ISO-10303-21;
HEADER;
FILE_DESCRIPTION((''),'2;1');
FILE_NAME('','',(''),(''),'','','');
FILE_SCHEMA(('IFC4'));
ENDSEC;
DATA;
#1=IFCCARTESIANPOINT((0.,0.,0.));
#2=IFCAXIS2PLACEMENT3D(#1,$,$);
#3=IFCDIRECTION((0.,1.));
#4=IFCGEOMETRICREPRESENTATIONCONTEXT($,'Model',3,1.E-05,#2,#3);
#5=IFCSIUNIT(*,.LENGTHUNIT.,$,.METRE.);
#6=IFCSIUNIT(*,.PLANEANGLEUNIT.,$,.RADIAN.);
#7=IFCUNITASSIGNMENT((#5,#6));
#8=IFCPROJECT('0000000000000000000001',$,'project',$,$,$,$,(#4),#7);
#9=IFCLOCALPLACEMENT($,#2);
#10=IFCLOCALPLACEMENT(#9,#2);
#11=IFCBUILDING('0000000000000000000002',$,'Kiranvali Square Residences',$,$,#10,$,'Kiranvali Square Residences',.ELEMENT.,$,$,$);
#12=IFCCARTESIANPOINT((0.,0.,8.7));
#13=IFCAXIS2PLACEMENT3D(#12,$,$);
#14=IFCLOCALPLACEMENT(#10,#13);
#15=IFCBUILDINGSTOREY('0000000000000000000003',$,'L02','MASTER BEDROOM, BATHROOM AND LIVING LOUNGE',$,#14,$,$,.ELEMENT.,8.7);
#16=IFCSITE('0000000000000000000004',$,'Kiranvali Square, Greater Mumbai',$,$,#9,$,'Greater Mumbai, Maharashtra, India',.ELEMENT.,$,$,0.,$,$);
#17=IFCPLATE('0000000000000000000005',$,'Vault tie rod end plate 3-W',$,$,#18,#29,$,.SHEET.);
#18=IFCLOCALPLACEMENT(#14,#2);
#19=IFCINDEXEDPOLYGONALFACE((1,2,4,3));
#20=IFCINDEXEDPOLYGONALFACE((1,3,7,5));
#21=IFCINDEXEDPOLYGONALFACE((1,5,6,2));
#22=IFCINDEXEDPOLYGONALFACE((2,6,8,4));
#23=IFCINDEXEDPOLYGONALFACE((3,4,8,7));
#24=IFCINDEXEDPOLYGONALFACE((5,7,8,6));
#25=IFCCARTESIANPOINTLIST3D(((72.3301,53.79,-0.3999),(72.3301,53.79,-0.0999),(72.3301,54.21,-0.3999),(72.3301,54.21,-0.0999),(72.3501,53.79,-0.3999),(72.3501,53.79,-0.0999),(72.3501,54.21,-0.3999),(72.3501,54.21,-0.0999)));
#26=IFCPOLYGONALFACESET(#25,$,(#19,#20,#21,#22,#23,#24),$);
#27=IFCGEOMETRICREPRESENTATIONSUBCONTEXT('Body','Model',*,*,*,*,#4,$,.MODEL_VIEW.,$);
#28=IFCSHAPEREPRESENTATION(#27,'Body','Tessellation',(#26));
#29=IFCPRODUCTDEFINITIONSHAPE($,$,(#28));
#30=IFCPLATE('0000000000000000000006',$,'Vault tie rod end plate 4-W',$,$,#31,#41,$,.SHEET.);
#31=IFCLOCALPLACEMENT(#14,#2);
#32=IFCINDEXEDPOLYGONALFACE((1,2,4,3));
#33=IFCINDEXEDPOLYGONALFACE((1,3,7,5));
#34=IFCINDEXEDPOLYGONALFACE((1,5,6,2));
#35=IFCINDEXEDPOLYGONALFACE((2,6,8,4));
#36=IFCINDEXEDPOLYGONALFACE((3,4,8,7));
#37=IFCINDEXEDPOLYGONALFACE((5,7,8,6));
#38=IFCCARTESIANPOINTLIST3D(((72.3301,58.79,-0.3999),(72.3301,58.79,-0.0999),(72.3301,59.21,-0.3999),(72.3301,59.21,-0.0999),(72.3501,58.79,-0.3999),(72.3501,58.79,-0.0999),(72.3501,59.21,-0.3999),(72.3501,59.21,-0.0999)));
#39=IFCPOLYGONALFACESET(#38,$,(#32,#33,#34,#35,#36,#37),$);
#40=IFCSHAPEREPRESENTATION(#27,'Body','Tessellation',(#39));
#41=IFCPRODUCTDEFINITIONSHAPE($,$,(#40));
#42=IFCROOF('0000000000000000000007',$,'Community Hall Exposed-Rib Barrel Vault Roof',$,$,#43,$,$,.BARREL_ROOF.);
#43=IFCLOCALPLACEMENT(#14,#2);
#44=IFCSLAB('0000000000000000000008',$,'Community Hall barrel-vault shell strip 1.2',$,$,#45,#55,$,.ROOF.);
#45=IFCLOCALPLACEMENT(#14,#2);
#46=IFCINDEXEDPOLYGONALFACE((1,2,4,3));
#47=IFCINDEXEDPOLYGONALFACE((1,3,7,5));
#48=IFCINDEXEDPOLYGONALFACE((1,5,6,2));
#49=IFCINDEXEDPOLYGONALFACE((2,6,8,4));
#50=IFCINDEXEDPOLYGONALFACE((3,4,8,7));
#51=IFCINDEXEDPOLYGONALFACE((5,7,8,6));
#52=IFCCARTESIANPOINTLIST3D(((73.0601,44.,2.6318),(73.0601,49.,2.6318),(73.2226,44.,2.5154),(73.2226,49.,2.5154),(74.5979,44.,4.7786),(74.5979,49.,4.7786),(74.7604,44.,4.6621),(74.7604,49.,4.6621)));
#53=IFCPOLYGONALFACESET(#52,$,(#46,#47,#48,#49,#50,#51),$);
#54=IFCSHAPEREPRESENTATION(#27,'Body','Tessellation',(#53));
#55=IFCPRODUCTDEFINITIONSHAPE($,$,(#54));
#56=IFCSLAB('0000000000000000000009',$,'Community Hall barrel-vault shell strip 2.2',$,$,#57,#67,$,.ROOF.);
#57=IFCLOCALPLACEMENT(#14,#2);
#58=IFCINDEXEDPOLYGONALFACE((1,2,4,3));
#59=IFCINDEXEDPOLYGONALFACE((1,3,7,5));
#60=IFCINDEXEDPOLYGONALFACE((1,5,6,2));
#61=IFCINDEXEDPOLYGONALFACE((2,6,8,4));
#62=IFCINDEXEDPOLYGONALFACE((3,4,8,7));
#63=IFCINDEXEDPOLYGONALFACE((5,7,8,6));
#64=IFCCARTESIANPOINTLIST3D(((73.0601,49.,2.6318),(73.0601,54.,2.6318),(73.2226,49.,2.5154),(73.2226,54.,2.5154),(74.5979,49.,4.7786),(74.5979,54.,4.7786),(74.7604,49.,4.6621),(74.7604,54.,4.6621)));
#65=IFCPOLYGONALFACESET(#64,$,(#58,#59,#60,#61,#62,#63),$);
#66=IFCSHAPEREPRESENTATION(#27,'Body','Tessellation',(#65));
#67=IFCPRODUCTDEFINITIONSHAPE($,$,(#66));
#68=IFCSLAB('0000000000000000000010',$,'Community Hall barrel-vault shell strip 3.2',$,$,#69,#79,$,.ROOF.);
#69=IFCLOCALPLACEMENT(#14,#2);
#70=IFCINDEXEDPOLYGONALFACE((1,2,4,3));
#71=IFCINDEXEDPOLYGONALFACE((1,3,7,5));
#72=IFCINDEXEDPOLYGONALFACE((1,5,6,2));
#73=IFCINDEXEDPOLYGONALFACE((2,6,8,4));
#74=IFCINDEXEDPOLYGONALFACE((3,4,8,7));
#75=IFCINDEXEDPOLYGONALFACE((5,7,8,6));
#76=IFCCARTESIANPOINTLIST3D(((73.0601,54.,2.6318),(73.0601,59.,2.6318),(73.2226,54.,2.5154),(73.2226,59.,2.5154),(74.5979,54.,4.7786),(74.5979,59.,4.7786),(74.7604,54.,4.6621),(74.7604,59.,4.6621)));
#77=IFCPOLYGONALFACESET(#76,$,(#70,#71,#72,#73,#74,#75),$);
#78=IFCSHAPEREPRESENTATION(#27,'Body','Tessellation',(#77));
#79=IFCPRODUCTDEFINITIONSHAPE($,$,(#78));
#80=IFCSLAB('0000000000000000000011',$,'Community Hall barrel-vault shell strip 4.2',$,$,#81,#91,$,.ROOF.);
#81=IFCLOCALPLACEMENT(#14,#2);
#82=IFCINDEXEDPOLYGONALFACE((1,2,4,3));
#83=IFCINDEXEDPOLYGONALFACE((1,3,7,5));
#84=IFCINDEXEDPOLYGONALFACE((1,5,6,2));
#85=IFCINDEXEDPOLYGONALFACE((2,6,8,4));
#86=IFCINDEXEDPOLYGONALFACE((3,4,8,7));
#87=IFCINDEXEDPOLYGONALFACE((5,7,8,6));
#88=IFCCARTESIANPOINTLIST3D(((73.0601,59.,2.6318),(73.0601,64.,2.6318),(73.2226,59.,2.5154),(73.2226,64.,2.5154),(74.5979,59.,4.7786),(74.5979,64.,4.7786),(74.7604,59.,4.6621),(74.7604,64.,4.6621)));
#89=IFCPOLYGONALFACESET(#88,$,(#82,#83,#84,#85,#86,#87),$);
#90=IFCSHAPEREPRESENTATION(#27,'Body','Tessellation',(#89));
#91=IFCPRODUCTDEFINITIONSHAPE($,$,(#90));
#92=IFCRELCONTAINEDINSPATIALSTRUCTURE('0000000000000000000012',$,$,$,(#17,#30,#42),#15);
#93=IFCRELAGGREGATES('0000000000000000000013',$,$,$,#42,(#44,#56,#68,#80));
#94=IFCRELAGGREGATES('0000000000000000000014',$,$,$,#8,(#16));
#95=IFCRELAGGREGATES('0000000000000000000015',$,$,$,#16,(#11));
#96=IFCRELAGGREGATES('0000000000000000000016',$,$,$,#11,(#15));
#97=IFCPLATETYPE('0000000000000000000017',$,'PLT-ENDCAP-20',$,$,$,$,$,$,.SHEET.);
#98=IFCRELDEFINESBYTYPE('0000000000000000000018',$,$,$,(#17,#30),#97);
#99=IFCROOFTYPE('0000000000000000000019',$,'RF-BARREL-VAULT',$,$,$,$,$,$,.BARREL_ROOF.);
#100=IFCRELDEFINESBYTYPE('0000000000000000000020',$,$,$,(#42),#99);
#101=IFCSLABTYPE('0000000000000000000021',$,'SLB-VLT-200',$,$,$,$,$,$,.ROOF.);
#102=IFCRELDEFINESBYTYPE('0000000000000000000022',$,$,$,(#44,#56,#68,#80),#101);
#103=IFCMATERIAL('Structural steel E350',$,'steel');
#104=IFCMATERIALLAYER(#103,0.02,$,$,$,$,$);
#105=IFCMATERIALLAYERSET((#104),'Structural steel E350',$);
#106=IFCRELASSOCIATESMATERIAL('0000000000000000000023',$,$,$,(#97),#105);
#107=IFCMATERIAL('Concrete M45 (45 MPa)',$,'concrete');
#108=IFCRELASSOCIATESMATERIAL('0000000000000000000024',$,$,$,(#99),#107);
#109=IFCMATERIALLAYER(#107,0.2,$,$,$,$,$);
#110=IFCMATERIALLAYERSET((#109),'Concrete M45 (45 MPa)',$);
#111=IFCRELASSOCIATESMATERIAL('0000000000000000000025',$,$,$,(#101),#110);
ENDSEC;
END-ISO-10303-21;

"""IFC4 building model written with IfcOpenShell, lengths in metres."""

from ifc_helpers import new_model, si_unit, direction, frame, origin, origin_2d, place, context, subcontext, project, spatial, polyline, rectangle, outline, extrude, material, layer, layer_set, type_object, element, aggregate, save


model = new_model("IFC4")

# Units and contexts
model_context = context("Model", 3, precision=1e-05, world=origin(), true_north=direction((0.0, 1.0)))
body_context = subcontext(model_context, "Body", "Model", "MODEL_VIEW")
ifc_project = project(units=[si_unit("LENGTHUNIT", "METRE"), si_unit("PLANEANGLEUNIT", "RADIAN")], contexts=[model_context])

# Site, building, storey
site_placement = place(None, origin())
site = spatial("IfcSite", under=ifc_project, at=site_placement, Name="Kiranvali Square, Greater Mumbai", LongName="Greater Mumbai, Maharashtra, India", CompositionType="ELEMENT", RefElevation=0.0)
building_placement = place(site_placement, origin())
building = spatial("IfcBuilding", under=site, at=building_placement, Name="Kiranvali Square Residences", LongName="Kiranvali Square Residences", CompositionType="ELEMENT")
storey_placement = place(building_placement, frame((0.0, 0.0, 8.7)))
storey = spatial("IfcBuildingStorey", under=building, at=storey_placement, Name="L02", Description="MASTER BEDROOM, BATHROOM AND LIVING LOUNGE", CompositionType="ELEMENT", Elevation=8.7)

# Shared definitions
ifc_material_1 = material(Name="Structural steel E350", Category="steel")

# Shared definitions
ifc_material_2 = material(Name="Concrete M45 (45 MPa)", Category="concrete")

# Plates
ifc_layer_1 = layer(ifc_material_1, 0.02)
ifc_layer_set_1 = layer_set([ifc_layer_1], Name="Structural steel E350")
plate_type_1 = type_object("IfcPlateType", Name="PLT-ENDCAP-20", PredefinedType="SHEET", material=ifc_layer_set_1)
for number, where, z_axis, x_axis, name in (
    (1, (72.3401, 54.0, -0.3999), (0.0, 0.0, 1.0), (1.0, 0.0, 0.0), "Vault tie rod end plate 3-W"),
    (2, (72.3401, 59.0, -0.3999), (0.0, 0.0, 1.0), (1.0, 0.0, 0.0), "Vault tie rod end plate 4-W"),
):
    element("IfcPlate", number, at=place(storey_placement, frame(where, z_axis=z_axis, x_axis=x_axis)), inside=storey, type_object=plate_type_1, Name=name, PredefinedType="SHEET", context=body_context, shape_type="SweptSolid", body=[
        extrude(rectangle(XDim=0.02, YDim=0.4199, at=origin_2d()), origin(), (0.0, 0.0, 1.0), 0.3),
    ])

# Roof, slabs
roof_type = type_object("IfcRoofType", Name="RF-BARREL-VAULT", PredefinedType="BARREL_ROOF", material=ifc_material_2)
roof_placement = place(storey_placement, origin())
roof = element("IfcRoof", 3, at=roof_placement, inside=storey, type_object=roof_type, Name="Community Hall Exposed-Rib Barrel Vault Roof", PredefinedType="BARREL_ROOF")
ifc_layer_2 = layer(ifc_material_2, 0.2)
ifc_layer_set_2 = layer_set([ifc_layer_2], Name="Concrete M45 (45 MPa)")
slab_type = type_object("IfcSlabType", Name="SLB-VLT-200", PredefinedType="ROOF", material=ifc_layer_set_2)
slab_1_placement = place(storey_placement, frame((73.0601, 44.0, 2.6318), z_axis=(-0.812933, 0.0, 0.582357), x_axis=(0.582357, 0.0, 0.812933)))
slab_1 = element("IfcSlab", 4, at=slab_1_placement, type_object=slab_type, Name="Community Hall barrel-vault shell strip 1.2", PredefinedType="ROOF", context=body_context, shape_type="SweptSolid", body=[
    extrude(outline(polyline([(0.0, 0.0), (2.6407, 0.0), (2.6407, 5.0), (0.0, 5.0), (0.0, 0.0)])), origin(), (0.0, 0.0, -1.0), 0.2),
])
slab_2_placement = place(storey_placement, frame((73.0601, 49.0, 2.6318), z_axis=(-0.812933, 0.0, 0.582357), x_axis=(0.582357, 0.0, 0.812933)))
slab_2 = element("IfcSlab", 5, at=slab_2_placement, type_object=slab_type, Name="Community Hall barrel-vault shell strip 2.2", PredefinedType="ROOF", context=body_context, shape_type="SweptSolid", body=[
    extrude(outline(polyline([(0.0, 0.0), (2.6407, 0.0), (2.6407, 5.0), (0.0, 5.0), (0.0, 0.0)])), origin(), (0.0, 0.0, -1.0), 0.2),
])
slab_3_placement = place(storey_placement, frame((73.0601, 54.0, 2.6318), z_axis=(-0.812933, 0.0, 0.582357), x_axis=(0.582357, 0.0, 0.812933)))
slab_3 = element("IfcSlab", 6, at=slab_3_placement, type_object=slab_type, Name="Community Hall barrel-vault shell strip 3.2", PredefinedType="ROOF", context=body_context, shape_type="SweptSolid", body=[
    extrude(outline(polyline([(0.0, 0.0), (2.6407, 0.0), (2.6407, 5.0), (0.0, 5.0), (0.0, 0.0)])), origin(), (0.0, 0.0, -1.0), 0.2),
])
slab_4_placement = place(storey_placement, frame((73.0601, 59.0, 2.6318), z_axis=(-0.812933, 0.0, 0.582357), x_axis=(0.582357, 0.0, 0.812933)))
slab_4 = element("IfcSlab", 7, at=slab_4_placement, type_object=slab_type, Name="Community Hall barrel-vault shell strip 4.2", PredefinedType="ROOF", context=body_context, shape_type="SweptSolid", body=[
    extrude(outline(polyline([(0.0, 0.0), (2.6407, 0.0), (2.6407, 5.0), (0.0, 5.0), (0.0, 0.0)])), origin(), (0.0, 0.0, -1.0), 0.2),
])
aggregate(roof, [slab_1, slab_2, slab_3, slab_4])

save(model, "model.ifc")
